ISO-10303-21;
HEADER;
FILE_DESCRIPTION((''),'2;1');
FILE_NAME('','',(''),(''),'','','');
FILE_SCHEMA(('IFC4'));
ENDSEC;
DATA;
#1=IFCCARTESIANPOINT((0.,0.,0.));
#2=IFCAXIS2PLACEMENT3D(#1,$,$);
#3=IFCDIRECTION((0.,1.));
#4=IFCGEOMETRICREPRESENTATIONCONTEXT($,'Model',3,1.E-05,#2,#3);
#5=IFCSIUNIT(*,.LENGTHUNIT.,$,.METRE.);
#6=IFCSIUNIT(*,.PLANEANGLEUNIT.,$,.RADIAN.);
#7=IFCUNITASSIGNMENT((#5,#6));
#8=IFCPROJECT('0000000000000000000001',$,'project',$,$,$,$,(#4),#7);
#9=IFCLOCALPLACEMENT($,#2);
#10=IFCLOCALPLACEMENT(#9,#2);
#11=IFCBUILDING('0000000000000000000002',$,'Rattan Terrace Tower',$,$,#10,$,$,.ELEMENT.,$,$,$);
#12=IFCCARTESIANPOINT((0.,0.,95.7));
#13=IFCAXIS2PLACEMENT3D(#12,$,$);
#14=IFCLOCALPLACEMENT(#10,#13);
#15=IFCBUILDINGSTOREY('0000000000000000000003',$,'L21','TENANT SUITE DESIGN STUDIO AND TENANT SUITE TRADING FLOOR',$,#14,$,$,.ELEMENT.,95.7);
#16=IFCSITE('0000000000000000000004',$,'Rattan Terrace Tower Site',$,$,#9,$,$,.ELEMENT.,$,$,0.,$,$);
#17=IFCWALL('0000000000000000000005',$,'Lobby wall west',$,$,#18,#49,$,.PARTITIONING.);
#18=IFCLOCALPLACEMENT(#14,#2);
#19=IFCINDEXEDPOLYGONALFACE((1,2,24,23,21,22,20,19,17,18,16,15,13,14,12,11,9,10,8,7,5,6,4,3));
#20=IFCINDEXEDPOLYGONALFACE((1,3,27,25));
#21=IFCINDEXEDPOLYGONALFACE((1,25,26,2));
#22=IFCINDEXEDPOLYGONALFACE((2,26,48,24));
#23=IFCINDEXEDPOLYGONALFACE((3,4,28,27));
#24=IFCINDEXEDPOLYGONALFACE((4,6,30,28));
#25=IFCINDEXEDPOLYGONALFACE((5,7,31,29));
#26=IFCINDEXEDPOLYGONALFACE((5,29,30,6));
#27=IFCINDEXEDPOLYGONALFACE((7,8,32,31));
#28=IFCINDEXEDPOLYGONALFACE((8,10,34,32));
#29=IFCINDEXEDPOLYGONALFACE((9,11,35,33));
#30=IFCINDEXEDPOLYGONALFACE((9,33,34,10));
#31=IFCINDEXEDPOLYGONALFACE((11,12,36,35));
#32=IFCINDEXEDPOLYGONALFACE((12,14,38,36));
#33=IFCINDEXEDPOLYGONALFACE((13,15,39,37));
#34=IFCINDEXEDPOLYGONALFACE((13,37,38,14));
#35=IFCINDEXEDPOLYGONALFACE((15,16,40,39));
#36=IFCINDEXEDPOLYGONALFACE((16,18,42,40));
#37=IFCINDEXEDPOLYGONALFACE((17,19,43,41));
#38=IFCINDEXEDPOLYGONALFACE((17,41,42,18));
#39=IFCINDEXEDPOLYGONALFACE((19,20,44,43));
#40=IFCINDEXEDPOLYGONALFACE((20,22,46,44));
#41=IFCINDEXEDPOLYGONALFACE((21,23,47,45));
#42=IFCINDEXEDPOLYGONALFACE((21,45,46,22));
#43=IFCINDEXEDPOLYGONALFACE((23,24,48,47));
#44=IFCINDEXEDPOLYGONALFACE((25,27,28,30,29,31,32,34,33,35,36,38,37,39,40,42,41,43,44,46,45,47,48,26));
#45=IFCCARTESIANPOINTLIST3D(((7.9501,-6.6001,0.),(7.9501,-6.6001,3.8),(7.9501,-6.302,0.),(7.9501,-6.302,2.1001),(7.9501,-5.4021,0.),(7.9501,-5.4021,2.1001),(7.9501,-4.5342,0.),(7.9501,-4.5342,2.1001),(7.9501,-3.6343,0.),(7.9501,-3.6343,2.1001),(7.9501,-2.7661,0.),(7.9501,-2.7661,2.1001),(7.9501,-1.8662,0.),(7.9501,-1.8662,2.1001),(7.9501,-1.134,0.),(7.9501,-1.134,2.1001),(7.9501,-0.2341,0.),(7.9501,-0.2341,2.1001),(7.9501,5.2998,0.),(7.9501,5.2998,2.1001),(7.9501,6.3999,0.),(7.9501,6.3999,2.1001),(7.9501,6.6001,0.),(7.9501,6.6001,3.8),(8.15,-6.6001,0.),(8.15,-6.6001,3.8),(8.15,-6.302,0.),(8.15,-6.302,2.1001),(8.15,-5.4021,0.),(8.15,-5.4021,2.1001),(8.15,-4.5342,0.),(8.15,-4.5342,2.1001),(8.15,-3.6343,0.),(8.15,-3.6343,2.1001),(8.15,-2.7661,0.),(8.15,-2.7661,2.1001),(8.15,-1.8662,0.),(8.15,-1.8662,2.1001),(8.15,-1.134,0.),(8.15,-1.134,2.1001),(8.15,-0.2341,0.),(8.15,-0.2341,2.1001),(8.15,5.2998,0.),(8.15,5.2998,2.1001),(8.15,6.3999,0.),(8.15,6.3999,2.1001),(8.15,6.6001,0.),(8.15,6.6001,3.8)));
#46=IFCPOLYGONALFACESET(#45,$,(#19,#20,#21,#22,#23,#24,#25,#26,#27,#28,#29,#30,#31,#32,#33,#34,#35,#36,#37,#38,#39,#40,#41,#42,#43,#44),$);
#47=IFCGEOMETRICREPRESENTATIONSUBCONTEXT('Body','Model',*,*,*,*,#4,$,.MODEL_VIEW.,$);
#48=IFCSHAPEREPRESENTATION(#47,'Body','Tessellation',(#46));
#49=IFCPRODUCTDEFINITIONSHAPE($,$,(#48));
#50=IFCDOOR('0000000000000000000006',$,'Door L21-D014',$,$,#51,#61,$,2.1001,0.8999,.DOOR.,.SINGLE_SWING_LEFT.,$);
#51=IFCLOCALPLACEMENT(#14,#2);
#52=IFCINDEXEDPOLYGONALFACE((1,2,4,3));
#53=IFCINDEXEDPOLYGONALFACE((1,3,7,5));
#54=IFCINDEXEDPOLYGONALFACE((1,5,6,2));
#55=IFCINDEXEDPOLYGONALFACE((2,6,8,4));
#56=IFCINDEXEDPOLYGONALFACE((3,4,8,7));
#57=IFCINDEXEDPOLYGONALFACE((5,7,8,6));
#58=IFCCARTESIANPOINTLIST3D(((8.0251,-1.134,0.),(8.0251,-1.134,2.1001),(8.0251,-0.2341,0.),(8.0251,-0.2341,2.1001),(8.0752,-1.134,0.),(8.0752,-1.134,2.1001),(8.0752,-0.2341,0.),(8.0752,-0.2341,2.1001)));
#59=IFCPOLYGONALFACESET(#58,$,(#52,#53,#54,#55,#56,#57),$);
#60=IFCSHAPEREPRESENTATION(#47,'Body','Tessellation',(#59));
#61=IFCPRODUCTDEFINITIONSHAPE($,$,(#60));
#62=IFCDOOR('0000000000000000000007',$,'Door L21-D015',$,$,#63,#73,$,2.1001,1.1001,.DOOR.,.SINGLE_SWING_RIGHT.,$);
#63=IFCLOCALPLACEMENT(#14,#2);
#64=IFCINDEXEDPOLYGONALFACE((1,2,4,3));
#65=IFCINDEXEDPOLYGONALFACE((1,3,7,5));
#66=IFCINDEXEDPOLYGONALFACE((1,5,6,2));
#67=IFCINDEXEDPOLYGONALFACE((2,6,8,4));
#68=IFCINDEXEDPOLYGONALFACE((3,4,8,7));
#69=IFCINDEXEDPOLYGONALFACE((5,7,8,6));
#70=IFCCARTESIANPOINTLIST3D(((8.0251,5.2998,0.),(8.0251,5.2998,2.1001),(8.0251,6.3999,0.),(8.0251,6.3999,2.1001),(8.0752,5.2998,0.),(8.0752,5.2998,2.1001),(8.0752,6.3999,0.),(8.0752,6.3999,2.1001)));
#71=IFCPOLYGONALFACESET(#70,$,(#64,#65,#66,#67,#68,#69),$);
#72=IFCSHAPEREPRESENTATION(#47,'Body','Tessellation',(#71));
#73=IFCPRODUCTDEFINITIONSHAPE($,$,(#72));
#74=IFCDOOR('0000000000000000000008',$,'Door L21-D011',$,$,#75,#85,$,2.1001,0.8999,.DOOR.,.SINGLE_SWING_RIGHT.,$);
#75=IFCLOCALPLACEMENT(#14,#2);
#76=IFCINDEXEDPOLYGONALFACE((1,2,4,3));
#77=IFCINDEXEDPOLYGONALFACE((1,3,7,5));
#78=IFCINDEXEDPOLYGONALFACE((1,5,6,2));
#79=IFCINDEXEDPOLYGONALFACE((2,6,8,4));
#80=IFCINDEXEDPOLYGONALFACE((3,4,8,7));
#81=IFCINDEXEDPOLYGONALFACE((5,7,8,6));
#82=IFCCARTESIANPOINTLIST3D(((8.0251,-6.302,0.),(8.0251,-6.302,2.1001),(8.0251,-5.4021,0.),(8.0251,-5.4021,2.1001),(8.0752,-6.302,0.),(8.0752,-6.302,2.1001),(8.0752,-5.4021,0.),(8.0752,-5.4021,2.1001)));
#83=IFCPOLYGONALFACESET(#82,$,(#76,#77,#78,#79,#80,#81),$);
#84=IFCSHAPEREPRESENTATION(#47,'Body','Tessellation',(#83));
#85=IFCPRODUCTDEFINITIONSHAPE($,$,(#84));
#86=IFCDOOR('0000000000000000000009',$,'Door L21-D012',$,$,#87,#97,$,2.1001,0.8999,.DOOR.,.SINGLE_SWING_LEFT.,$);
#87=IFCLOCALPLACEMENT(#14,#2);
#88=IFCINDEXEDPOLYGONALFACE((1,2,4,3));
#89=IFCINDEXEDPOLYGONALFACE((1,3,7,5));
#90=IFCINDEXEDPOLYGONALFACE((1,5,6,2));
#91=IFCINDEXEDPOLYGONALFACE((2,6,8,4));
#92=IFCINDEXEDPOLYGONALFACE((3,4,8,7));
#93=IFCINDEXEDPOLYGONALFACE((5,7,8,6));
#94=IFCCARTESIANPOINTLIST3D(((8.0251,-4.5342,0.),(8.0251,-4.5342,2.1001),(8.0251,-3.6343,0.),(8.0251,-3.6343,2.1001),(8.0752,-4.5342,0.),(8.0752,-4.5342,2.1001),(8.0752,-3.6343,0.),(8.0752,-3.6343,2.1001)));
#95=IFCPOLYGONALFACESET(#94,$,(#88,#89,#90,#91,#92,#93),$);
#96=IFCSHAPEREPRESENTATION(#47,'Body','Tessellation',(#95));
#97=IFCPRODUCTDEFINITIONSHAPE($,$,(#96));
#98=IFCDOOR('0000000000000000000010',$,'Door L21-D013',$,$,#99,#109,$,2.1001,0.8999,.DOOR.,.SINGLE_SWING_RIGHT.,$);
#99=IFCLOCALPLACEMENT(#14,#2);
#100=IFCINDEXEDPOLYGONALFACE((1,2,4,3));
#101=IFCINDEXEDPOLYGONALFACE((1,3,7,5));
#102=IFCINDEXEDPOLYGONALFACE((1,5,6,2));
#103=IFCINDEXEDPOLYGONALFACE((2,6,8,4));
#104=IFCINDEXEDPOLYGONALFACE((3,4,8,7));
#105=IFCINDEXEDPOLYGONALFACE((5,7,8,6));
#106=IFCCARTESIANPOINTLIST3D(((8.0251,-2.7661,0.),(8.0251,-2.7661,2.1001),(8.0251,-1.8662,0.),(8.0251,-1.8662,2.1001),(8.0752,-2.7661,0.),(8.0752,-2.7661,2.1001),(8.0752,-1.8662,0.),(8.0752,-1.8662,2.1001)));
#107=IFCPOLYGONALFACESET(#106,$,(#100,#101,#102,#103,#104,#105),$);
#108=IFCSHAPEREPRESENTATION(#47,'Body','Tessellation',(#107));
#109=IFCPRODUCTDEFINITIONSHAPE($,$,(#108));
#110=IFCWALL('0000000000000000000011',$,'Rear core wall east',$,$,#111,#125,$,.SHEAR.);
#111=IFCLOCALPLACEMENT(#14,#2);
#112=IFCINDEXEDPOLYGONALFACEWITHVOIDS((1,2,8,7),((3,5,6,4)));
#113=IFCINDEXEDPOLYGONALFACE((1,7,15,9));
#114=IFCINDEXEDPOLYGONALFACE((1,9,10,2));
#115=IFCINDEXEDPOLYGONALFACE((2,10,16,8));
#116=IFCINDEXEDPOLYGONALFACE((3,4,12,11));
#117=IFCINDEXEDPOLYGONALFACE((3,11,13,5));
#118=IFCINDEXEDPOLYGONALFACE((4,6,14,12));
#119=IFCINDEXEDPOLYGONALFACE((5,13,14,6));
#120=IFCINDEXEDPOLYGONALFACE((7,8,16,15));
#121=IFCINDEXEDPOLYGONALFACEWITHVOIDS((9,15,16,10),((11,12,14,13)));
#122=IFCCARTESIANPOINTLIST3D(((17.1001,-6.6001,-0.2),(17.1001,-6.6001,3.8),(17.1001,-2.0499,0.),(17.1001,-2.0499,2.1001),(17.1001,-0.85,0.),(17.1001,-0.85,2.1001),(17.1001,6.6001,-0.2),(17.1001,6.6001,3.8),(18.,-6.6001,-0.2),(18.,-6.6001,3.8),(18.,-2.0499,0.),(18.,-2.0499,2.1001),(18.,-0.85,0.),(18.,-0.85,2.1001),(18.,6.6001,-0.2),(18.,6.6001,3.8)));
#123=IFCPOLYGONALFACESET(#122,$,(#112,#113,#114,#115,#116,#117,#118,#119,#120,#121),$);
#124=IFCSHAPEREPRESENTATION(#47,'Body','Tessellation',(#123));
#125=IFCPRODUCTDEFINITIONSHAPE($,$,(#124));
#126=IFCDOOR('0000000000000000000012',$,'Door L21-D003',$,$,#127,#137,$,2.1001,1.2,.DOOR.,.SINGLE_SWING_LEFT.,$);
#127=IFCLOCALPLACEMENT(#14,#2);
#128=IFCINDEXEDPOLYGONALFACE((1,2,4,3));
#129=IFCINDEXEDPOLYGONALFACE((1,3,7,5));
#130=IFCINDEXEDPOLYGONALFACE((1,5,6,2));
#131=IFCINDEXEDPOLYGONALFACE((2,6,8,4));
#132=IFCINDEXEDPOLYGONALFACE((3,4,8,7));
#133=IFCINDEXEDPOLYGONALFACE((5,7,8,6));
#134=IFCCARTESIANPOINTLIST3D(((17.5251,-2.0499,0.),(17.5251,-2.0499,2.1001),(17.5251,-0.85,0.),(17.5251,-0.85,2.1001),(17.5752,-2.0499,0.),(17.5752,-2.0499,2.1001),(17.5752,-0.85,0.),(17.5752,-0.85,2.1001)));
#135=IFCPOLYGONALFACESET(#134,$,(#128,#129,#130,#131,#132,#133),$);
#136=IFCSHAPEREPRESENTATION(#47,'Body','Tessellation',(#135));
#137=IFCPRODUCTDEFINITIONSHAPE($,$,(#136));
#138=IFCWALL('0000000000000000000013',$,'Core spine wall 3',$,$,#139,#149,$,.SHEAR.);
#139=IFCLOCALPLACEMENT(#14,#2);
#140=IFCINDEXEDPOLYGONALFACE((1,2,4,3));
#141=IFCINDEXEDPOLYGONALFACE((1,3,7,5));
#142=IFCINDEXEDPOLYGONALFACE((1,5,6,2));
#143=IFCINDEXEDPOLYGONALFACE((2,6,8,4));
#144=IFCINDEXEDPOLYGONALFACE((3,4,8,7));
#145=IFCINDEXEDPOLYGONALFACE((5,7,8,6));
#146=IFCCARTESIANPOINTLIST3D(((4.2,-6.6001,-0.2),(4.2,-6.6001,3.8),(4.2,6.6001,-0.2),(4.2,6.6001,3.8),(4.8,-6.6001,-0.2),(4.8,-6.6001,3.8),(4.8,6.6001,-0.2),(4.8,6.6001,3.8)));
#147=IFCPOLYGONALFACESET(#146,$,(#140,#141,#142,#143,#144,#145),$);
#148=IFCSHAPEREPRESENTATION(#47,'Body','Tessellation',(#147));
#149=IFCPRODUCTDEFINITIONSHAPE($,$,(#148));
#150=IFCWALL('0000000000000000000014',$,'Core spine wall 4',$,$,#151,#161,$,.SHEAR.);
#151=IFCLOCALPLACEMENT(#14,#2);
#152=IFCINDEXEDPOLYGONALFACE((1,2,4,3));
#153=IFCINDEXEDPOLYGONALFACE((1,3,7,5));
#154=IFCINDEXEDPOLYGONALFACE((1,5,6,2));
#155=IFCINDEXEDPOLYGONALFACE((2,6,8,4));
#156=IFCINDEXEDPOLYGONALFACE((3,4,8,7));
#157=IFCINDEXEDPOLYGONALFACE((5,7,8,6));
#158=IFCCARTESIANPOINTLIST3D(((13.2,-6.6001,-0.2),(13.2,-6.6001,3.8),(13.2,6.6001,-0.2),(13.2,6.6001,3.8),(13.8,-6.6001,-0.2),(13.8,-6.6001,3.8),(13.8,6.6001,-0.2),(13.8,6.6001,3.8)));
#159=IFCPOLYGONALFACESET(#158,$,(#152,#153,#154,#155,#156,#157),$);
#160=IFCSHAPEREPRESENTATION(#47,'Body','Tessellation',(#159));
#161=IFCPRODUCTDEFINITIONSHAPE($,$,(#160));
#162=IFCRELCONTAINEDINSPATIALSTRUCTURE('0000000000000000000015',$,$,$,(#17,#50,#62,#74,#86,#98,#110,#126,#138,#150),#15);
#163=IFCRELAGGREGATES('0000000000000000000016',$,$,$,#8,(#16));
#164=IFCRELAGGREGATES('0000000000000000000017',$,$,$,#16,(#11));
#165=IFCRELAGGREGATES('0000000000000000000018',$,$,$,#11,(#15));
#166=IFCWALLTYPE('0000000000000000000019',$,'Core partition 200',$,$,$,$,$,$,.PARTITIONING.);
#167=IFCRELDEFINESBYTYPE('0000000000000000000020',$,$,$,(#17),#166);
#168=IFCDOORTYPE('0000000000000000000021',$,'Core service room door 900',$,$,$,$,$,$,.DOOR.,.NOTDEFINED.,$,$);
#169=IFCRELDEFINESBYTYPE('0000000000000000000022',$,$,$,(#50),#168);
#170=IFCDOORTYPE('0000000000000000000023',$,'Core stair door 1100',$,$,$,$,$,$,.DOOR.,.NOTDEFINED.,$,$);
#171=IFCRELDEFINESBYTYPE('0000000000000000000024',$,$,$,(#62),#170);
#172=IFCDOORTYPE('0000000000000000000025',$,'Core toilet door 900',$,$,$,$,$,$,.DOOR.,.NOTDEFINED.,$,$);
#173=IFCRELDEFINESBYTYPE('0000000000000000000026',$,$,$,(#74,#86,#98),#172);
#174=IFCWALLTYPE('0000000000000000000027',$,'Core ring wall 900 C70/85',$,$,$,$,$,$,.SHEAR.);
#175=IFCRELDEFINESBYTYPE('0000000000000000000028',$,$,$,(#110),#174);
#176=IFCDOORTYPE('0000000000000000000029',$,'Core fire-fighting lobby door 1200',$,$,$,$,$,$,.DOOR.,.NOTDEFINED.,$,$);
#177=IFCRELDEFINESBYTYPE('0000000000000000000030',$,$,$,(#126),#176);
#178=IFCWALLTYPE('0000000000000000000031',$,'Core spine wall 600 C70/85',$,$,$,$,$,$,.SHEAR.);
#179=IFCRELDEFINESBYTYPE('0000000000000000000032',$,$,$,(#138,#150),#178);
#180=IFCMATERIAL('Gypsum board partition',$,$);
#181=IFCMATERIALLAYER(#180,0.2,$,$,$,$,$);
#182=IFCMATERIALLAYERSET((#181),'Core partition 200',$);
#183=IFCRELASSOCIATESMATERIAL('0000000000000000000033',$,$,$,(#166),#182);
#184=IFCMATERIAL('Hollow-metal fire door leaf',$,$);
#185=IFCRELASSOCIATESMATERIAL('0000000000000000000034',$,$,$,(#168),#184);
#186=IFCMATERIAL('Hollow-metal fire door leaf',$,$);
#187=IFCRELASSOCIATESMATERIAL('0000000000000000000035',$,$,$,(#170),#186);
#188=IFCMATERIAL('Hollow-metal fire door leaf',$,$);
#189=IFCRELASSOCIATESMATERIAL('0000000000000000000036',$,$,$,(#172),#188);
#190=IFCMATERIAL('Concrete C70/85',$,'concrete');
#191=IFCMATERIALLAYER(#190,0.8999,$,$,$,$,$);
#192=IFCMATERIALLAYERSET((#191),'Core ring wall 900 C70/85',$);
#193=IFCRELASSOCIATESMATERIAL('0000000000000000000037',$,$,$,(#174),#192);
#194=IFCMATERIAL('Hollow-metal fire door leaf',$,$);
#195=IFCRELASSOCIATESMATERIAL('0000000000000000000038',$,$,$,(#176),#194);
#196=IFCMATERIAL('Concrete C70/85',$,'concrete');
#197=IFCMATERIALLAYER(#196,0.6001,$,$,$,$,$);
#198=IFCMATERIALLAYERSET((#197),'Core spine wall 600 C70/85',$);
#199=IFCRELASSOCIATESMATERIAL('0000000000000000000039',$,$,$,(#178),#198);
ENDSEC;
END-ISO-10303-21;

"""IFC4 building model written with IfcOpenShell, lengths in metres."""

from ifc_helpers import new_model, si_unit, direction, frame, frame_2d, origin, place, context, subcontext, project, spatial, rectangle, extrude, material, layer, layer_set, type_object, element, fill, save


model = new_model("IFC4")

# Units and contexts
model_context = context("Model", 3, precision=1e-05, world=origin(), true_north=direction((0.0, 1.0)))
body_context = subcontext(model_context, "Body", "Model", "MODEL_VIEW")
ifc_project = project(units=[si_unit("LENGTHUNIT", "METRE"), si_unit("PLANEANGLEUNIT", "RADIAN")], contexts=[model_context])

# Site, building, storey
site_placement = place(None, origin())
site = spatial("IfcSite", under=ifc_project, at=site_placement, Name="Rattan Terrace Tower Site", CompositionType="ELEMENT", RefElevation=0.0)
building_placement = place(site_placement, origin())
building = spatial("IfcBuilding", under=site, at=building_placement, Name="Rattan Terrace Tower", CompositionType="ELEMENT")
storey_placement = place(building_placement, frame((0.0, 0.0, 95.7)))
storey = spatial("IfcBuildingStorey", under=building, at=storey_placement, Name="L21", Description="TENANT SUITE DESIGN STUDIO AND TENANT SUITE TRADING FLOOR", CompositionType="ELEMENT", Elevation=95.7)

# Wall, openings, doors
ifc_material_1 = material(Name="Gypsum board partition")
ifc_layer_1 = layer(ifc_material_1, 0.2)
ifc_layer_set_1 = layer_set([ifc_layer_1], Name="Core partition 200")
wall_type_1 = type_object("IfcWallType", Name="Core partition 200", PredefinedType="PARTITIONING", material=ifc_layer_set_1)
wall_1_placement = place(storey_placement, frame((8.05, -6.6001, 0.0), z_axis=(0.0, 0.0, 1.0), x_axis=(0.0, 1.0, 0.0)))
wall_1 = element("IfcWall", 1, at=wall_1_placement, inside=storey, type_object=wall_type_1, Name="Lobby wall west", PredefinedType="PARTITIONING", context=body_context, shape_type="SweptSolid", body=[
    extrude(rectangle(XDim=13.2002, YDim=0.2, at=frame_2d((6.6001, 0.0))), origin(), (0.0, 0.0, 1.0), 3.8),
])
opening_1_placement = place(wall_1_placement, frame((0.2981, 0.0, 0.0)))
opening_1 = element("IfcOpeningElement", 2, at=opening_1_placement, cuts=wall_1, PredefinedType="OPENING", context=body_context, shape_type="SweptSolid", body=[
    extrude(rectangle(XDim=0.8999, YDim=2.1001, at=frame_2d((0.45, 1.05))), frame((0.0, 0.1106, 0.0), z_axis=(0.0, -1.0, 0.0), x_axis=(1.0, 0.0, 0.0)), (0.0, 0.0, 1.0), 0.2209),
])
opening_2_placement = place(wall_1_placement, frame((2.0659, 0.0, 0.0)))
opening_2 = element("IfcOpeningElement", 3, at=opening_2_placement, cuts=wall_1, PredefinedType="OPENING", context=body_context, shape_type="SweptSolid", body=[
    extrude(rectangle(XDim=0.8999, YDim=2.1001, at=frame_2d((0.45, 1.05))), frame((0.0, 0.1106, 0.0), z_axis=(0.0, -1.0, 0.0), x_axis=(1.0, 0.0, 0.0)), (0.0, 0.0, 1.0), 0.2209),
])
opening_3_placement = place(wall_1_placement, frame((3.834, 0.0, 0.0)))
opening_3 = element("IfcOpeningElement", 4, at=opening_3_placement, cuts=wall_1, PredefinedType="OPENING", context=body_context, shape_type="SweptSolid", body=[
    extrude(rectangle(XDim=0.8999, YDim=2.1001, at=frame_2d((0.45, 1.05))), frame((0.0, 0.1106, 0.0), z_axis=(0.0, -1.0, 0.0), x_axis=(1.0, 0.0, 0.0)), (0.0, 0.0, 1.0), 0.2209),
])
opening_4_placement = place(wall_1_placement, frame((5.4661, 0.0, 0.0)))
opening_4 = element("IfcOpeningElement", 5, at=opening_4_placement, cuts=wall_1, PredefinedType="OPENING", context=body_context, shape_type="SweptSolid", body=[
    extrude(rectangle(XDim=0.8999, YDim=2.1001, at=frame_2d((0.45, 1.05))), frame((0.0, 0.1106, 0.0), z_axis=(0.0, -1.0, 0.0), x_axis=(1.0, 0.0, 0.0)), (0.0, 0.0, 1.0), 0.2209),
])
opening_5_placement = place(wall_1_placement, frame((11.8999, 0.0, 0.0)))
opening_5 = element("IfcOpeningElement", 6, at=opening_5_placement, cuts=wall_1, PredefinedType="OPENING", context=body_context, shape_type="SweptSolid", body=[
    extrude(rectangle(XDim=1.1001, YDim=2.1001, at=frame_2d((0.55, 1.05))), frame((0.0, 0.1106, 0.0), z_axis=(0.0, -1.0, 0.0), x_axis=(1.0, 0.0, 0.0)), (0.0, 0.0, 1.0), 0.2209),
])
ifc_material_2 = material(Name="Hollow-metal fire door leaf")
door_type_1 = type_object("IfcDoorType", Name="Core service room door 900", OperationType="NOTDEFINED", PredefinedType="DOOR", material=ifc_material_2)
door_1_placement = place(opening_4_placement, origin())
door_1 = element("IfcDoor", 7, at=door_1_placement, inside=storey, type_object=door_type_1, Name="Door L21-D014", OperationType="SINGLE_SWING_LEFT", OverallHeight=2.1001, OverallWidth=0.8999, PredefinedType="DOOR", context=body_context, shape_type="SweptSolid", body=[
    extrude(rectangle(XDim=0.8999, YDim=2.1001, at=frame_2d((0.45, 1.05))), frame((0.0, 0.0249, 0.0), z_axis=(0.0, -1.0, 0.0), x_axis=(1.0, 0.0, 0.0)), (0.0, 0.0, 1.0), 0.05),
])
fill(opening_4, door_1)
ifc_material_3 = material(Name="Hollow-metal fire door leaf")
door_type_2 = type_object("IfcDoorType", Name="Core stair door 1100", OperationType="NOTDEFINED", PredefinedType="DOOR", material=ifc_material_3)
door_2_placement = place(opening_5_placement, origin())
door_2 = element("IfcDoor", 8, at=door_2_placement, inside=storey, type_object=door_type_2, Name="Door L21-D015", OperationType="SINGLE_SWING_RIGHT", OverallHeight=2.1001, OverallWidth=1.1001, PredefinedType="DOOR", context=body_context, shape_type="SweptSolid", body=[
    extrude(rectangle(XDim=1.1001, YDim=2.1001, at=frame_2d((0.55, 1.05))), frame((0.0, 0.0249, 0.0), z_axis=(0.0, -1.0, 0.0), x_axis=(1.0, 0.0, 0.0)), (0.0, 0.0, 1.0), 0.05),
])
fill(opening_5, door_2)
ifc_material_4 = material(Name="Hollow-metal fire door leaf")
door_type_3 = type_object("IfcDoorType", Name="Core toilet door 900", OperationType="NOTDEFINED", PredefinedType="DOOR", material=ifc_material_4)
door_3_placement = place(opening_1_placement, origin())
door_3 = element("IfcDoor", 9, at=door_3_placement, inside=storey, type_object=door_type_3, Name="Door L21-D011", OperationType="SINGLE_SWING_RIGHT", OverallHeight=2.1001, OverallWidth=0.8999, PredefinedType="DOOR", context=body_context, shape_type="SweptSolid", body=[
    extrude(rectangle(XDim=0.8999, YDim=2.1001, at=frame_2d((0.45, 1.05))), frame((0.0, 0.0249, 0.0), z_axis=(0.0, -1.0, 0.0), x_axis=(1.0, 0.0, 0.0)), (0.0, 0.0, 1.0), 0.05),
])
fill(opening_1, door_3)
door_4_placement = place(opening_2_placement, origin())
door_4 = element("IfcDoor", 10, at=door_4_placement, inside=storey, type_object=door_type_3, Name="Door L21-D012", OperationType="SINGLE_SWING_LEFT", OverallHeight=2.1001, OverallWidth=0.8999, PredefinedType="DOOR", context=body_context, shape_type="SweptSolid", body=[
    extrude(rectangle(XDim=0.8999, YDim=2.1001, at=frame_2d((0.45, 1.05))), frame((0.0, 0.0249, 0.0), z_axis=(0.0, -1.0, 0.0), x_axis=(1.0, 0.0, 0.0)), (0.0, 0.0, 1.0), 0.05),
])
fill(opening_2, door_4)
door_5_placement = place(opening_3_placement, origin())
door_5 = element("IfcDoor", 11, at=door_5_placement, inside=storey, type_object=door_type_3, Name="Door L21-D013", OperationType="SINGLE_SWING_RIGHT", OverallHeight=2.1001, OverallWidth=0.8999, PredefinedType="DOOR", context=body_context, shape_type="SweptSolid", body=[
    extrude(rectangle(XDim=0.8999, YDim=2.1001, at=frame_2d((0.45, 1.05))), frame((0.0, 0.0249, 0.0), z_axis=(0.0, -1.0, 0.0), x_axis=(1.0, 0.0, 0.0)), (0.0, 0.0, 1.0), 0.05),
])
fill(opening_3, door_5)

# Wall, opening, door
ifc_material_5 = material(Name="Concrete C70/85", Category="concrete")
ifc_layer_2 = layer(ifc_material_5, 0.8999)
ifc_layer_set_2 = layer_set([ifc_layer_2], Name="Core ring wall 900 C70/85")
wall_type_2 = type_object("IfcWallType", Name="Core ring wall 900 C70/85", PredefinedType="SHEAR", material=ifc_layer_set_2)
wall_2_placement = place(storey_placement, frame((17.55, -6.6001, -0.2), z_axis=(0.0, 0.0, 1.0), x_axis=(0.0, 1.0, 0.0)))
wall_2 = element("IfcWall", 12, at=wall_2_placement, inside=storey, type_object=wall_type_2, Name="Rear core wall east", PredefinedType="SHEAR", context=body_context, shape_type="SweptSolid", body=[
    extrude(rectangle(XDim=13.2002, YDim=0.8999, at=frame_2d((6.6001, 0.0))), origin(), (0.0, 0.0, 1.0), 4.0),
])
opening_6_placement = place(wall_2_placement, frame((4.55, 0.0, 0.2)))
opening_6 = element("IfcOpeningElement", 13, at=opening_6_placement, cuts=wall_2, PredefinedType="OPENING", context=body_context, shape_type="SweptSolid", body=[
    extrude(rectangle(XDim=1.2, YDim=2.1001, at=frame_2d((0.6001, 1.05))), frame((0.0, 0.4604, 0.0), z_axis=(0.0, -1.0, 0.0), x_axis=(1.0, 0.0, 0.0)), (0.0, 0.0, 1.0), 0.9209),
])
ifc_material_6 = material(Name="Hollow-metal fire door leaf")
door_type_4 = type_object("IfcDoorType", Name="Core fire-fighting lobby door 1200", OperationType="NOTDEFINED", PredefinedType="DOOR", material=ifc_material_6)
door_6_placement = place(opening_6_placement, origin())
door_6 = element("IfcDoor", 14, at=door_6_placement, inside=storey, type_object=door_type_4, Name="Door L21-D003", OperationType="SINGLE_SWING_LEFT", OverallHeight=2.1001, OverallWidth=1.2, PredefinedType="DOOR", context=body_context, shape_type="SweptSolid", body=[
    extrude(rectangle(XDim=1.2, YDim=2.1001, at=frame_2d((0.6001, 1.05))), frame((0.0, 0.0249, 0.0), z_axis=(0.0, -1.0, 0.0), x_axis=(1.0, 0.0, 0.0)), (0.0, 0.0, 1.0), 0.05),
])
fill(opening_6, door_6)

# Walls
ifc_material_7 = material(Name="Concrete C70/85", Category="concrete")
ifc_layer_3 = layer(ifc_material_7, 0.6001)
ifc_layer_set_3 = layer_set([ifc_layer_3], Name="Core spine wall 600 C70/85")
wall_type_3 = type_object("IfcWallType", Name="Core spine wall 600 C70/85", PredefinedType="SHEAR", material=ifc_layer_set_3)
for number, where, z_axis, x_axis, name in (
    (15, (4.5, -6.6001, -0.2), (0.0, 0.0, 1.0), (0.0, 1.0, 0.0), "Core spine wall 3"),
    (16, (13.5, -6.6001, -0.2), (0.0, 0.0, 1.0), (0.0, 1.0, 0.0), "Core spine wall 4"),
):
    element("IfcWall", number, at=place(storey_placement, frame(where, z_axis=z_axis, x_axis=x_axis)), inside=storey, type_object=wall_type_3, Name=name, PredefinedType="SHEAR", context=body_context, shape_type="SweptSolid", body=[
        extrude(rectangle(XDim=13.2002, YDim=0.6001, at=frame_2d((6.6001, 0.0))), origin(), (0.0, 0.0, 1.0), 4.0),
    ])

save(model, "model.ifc")
